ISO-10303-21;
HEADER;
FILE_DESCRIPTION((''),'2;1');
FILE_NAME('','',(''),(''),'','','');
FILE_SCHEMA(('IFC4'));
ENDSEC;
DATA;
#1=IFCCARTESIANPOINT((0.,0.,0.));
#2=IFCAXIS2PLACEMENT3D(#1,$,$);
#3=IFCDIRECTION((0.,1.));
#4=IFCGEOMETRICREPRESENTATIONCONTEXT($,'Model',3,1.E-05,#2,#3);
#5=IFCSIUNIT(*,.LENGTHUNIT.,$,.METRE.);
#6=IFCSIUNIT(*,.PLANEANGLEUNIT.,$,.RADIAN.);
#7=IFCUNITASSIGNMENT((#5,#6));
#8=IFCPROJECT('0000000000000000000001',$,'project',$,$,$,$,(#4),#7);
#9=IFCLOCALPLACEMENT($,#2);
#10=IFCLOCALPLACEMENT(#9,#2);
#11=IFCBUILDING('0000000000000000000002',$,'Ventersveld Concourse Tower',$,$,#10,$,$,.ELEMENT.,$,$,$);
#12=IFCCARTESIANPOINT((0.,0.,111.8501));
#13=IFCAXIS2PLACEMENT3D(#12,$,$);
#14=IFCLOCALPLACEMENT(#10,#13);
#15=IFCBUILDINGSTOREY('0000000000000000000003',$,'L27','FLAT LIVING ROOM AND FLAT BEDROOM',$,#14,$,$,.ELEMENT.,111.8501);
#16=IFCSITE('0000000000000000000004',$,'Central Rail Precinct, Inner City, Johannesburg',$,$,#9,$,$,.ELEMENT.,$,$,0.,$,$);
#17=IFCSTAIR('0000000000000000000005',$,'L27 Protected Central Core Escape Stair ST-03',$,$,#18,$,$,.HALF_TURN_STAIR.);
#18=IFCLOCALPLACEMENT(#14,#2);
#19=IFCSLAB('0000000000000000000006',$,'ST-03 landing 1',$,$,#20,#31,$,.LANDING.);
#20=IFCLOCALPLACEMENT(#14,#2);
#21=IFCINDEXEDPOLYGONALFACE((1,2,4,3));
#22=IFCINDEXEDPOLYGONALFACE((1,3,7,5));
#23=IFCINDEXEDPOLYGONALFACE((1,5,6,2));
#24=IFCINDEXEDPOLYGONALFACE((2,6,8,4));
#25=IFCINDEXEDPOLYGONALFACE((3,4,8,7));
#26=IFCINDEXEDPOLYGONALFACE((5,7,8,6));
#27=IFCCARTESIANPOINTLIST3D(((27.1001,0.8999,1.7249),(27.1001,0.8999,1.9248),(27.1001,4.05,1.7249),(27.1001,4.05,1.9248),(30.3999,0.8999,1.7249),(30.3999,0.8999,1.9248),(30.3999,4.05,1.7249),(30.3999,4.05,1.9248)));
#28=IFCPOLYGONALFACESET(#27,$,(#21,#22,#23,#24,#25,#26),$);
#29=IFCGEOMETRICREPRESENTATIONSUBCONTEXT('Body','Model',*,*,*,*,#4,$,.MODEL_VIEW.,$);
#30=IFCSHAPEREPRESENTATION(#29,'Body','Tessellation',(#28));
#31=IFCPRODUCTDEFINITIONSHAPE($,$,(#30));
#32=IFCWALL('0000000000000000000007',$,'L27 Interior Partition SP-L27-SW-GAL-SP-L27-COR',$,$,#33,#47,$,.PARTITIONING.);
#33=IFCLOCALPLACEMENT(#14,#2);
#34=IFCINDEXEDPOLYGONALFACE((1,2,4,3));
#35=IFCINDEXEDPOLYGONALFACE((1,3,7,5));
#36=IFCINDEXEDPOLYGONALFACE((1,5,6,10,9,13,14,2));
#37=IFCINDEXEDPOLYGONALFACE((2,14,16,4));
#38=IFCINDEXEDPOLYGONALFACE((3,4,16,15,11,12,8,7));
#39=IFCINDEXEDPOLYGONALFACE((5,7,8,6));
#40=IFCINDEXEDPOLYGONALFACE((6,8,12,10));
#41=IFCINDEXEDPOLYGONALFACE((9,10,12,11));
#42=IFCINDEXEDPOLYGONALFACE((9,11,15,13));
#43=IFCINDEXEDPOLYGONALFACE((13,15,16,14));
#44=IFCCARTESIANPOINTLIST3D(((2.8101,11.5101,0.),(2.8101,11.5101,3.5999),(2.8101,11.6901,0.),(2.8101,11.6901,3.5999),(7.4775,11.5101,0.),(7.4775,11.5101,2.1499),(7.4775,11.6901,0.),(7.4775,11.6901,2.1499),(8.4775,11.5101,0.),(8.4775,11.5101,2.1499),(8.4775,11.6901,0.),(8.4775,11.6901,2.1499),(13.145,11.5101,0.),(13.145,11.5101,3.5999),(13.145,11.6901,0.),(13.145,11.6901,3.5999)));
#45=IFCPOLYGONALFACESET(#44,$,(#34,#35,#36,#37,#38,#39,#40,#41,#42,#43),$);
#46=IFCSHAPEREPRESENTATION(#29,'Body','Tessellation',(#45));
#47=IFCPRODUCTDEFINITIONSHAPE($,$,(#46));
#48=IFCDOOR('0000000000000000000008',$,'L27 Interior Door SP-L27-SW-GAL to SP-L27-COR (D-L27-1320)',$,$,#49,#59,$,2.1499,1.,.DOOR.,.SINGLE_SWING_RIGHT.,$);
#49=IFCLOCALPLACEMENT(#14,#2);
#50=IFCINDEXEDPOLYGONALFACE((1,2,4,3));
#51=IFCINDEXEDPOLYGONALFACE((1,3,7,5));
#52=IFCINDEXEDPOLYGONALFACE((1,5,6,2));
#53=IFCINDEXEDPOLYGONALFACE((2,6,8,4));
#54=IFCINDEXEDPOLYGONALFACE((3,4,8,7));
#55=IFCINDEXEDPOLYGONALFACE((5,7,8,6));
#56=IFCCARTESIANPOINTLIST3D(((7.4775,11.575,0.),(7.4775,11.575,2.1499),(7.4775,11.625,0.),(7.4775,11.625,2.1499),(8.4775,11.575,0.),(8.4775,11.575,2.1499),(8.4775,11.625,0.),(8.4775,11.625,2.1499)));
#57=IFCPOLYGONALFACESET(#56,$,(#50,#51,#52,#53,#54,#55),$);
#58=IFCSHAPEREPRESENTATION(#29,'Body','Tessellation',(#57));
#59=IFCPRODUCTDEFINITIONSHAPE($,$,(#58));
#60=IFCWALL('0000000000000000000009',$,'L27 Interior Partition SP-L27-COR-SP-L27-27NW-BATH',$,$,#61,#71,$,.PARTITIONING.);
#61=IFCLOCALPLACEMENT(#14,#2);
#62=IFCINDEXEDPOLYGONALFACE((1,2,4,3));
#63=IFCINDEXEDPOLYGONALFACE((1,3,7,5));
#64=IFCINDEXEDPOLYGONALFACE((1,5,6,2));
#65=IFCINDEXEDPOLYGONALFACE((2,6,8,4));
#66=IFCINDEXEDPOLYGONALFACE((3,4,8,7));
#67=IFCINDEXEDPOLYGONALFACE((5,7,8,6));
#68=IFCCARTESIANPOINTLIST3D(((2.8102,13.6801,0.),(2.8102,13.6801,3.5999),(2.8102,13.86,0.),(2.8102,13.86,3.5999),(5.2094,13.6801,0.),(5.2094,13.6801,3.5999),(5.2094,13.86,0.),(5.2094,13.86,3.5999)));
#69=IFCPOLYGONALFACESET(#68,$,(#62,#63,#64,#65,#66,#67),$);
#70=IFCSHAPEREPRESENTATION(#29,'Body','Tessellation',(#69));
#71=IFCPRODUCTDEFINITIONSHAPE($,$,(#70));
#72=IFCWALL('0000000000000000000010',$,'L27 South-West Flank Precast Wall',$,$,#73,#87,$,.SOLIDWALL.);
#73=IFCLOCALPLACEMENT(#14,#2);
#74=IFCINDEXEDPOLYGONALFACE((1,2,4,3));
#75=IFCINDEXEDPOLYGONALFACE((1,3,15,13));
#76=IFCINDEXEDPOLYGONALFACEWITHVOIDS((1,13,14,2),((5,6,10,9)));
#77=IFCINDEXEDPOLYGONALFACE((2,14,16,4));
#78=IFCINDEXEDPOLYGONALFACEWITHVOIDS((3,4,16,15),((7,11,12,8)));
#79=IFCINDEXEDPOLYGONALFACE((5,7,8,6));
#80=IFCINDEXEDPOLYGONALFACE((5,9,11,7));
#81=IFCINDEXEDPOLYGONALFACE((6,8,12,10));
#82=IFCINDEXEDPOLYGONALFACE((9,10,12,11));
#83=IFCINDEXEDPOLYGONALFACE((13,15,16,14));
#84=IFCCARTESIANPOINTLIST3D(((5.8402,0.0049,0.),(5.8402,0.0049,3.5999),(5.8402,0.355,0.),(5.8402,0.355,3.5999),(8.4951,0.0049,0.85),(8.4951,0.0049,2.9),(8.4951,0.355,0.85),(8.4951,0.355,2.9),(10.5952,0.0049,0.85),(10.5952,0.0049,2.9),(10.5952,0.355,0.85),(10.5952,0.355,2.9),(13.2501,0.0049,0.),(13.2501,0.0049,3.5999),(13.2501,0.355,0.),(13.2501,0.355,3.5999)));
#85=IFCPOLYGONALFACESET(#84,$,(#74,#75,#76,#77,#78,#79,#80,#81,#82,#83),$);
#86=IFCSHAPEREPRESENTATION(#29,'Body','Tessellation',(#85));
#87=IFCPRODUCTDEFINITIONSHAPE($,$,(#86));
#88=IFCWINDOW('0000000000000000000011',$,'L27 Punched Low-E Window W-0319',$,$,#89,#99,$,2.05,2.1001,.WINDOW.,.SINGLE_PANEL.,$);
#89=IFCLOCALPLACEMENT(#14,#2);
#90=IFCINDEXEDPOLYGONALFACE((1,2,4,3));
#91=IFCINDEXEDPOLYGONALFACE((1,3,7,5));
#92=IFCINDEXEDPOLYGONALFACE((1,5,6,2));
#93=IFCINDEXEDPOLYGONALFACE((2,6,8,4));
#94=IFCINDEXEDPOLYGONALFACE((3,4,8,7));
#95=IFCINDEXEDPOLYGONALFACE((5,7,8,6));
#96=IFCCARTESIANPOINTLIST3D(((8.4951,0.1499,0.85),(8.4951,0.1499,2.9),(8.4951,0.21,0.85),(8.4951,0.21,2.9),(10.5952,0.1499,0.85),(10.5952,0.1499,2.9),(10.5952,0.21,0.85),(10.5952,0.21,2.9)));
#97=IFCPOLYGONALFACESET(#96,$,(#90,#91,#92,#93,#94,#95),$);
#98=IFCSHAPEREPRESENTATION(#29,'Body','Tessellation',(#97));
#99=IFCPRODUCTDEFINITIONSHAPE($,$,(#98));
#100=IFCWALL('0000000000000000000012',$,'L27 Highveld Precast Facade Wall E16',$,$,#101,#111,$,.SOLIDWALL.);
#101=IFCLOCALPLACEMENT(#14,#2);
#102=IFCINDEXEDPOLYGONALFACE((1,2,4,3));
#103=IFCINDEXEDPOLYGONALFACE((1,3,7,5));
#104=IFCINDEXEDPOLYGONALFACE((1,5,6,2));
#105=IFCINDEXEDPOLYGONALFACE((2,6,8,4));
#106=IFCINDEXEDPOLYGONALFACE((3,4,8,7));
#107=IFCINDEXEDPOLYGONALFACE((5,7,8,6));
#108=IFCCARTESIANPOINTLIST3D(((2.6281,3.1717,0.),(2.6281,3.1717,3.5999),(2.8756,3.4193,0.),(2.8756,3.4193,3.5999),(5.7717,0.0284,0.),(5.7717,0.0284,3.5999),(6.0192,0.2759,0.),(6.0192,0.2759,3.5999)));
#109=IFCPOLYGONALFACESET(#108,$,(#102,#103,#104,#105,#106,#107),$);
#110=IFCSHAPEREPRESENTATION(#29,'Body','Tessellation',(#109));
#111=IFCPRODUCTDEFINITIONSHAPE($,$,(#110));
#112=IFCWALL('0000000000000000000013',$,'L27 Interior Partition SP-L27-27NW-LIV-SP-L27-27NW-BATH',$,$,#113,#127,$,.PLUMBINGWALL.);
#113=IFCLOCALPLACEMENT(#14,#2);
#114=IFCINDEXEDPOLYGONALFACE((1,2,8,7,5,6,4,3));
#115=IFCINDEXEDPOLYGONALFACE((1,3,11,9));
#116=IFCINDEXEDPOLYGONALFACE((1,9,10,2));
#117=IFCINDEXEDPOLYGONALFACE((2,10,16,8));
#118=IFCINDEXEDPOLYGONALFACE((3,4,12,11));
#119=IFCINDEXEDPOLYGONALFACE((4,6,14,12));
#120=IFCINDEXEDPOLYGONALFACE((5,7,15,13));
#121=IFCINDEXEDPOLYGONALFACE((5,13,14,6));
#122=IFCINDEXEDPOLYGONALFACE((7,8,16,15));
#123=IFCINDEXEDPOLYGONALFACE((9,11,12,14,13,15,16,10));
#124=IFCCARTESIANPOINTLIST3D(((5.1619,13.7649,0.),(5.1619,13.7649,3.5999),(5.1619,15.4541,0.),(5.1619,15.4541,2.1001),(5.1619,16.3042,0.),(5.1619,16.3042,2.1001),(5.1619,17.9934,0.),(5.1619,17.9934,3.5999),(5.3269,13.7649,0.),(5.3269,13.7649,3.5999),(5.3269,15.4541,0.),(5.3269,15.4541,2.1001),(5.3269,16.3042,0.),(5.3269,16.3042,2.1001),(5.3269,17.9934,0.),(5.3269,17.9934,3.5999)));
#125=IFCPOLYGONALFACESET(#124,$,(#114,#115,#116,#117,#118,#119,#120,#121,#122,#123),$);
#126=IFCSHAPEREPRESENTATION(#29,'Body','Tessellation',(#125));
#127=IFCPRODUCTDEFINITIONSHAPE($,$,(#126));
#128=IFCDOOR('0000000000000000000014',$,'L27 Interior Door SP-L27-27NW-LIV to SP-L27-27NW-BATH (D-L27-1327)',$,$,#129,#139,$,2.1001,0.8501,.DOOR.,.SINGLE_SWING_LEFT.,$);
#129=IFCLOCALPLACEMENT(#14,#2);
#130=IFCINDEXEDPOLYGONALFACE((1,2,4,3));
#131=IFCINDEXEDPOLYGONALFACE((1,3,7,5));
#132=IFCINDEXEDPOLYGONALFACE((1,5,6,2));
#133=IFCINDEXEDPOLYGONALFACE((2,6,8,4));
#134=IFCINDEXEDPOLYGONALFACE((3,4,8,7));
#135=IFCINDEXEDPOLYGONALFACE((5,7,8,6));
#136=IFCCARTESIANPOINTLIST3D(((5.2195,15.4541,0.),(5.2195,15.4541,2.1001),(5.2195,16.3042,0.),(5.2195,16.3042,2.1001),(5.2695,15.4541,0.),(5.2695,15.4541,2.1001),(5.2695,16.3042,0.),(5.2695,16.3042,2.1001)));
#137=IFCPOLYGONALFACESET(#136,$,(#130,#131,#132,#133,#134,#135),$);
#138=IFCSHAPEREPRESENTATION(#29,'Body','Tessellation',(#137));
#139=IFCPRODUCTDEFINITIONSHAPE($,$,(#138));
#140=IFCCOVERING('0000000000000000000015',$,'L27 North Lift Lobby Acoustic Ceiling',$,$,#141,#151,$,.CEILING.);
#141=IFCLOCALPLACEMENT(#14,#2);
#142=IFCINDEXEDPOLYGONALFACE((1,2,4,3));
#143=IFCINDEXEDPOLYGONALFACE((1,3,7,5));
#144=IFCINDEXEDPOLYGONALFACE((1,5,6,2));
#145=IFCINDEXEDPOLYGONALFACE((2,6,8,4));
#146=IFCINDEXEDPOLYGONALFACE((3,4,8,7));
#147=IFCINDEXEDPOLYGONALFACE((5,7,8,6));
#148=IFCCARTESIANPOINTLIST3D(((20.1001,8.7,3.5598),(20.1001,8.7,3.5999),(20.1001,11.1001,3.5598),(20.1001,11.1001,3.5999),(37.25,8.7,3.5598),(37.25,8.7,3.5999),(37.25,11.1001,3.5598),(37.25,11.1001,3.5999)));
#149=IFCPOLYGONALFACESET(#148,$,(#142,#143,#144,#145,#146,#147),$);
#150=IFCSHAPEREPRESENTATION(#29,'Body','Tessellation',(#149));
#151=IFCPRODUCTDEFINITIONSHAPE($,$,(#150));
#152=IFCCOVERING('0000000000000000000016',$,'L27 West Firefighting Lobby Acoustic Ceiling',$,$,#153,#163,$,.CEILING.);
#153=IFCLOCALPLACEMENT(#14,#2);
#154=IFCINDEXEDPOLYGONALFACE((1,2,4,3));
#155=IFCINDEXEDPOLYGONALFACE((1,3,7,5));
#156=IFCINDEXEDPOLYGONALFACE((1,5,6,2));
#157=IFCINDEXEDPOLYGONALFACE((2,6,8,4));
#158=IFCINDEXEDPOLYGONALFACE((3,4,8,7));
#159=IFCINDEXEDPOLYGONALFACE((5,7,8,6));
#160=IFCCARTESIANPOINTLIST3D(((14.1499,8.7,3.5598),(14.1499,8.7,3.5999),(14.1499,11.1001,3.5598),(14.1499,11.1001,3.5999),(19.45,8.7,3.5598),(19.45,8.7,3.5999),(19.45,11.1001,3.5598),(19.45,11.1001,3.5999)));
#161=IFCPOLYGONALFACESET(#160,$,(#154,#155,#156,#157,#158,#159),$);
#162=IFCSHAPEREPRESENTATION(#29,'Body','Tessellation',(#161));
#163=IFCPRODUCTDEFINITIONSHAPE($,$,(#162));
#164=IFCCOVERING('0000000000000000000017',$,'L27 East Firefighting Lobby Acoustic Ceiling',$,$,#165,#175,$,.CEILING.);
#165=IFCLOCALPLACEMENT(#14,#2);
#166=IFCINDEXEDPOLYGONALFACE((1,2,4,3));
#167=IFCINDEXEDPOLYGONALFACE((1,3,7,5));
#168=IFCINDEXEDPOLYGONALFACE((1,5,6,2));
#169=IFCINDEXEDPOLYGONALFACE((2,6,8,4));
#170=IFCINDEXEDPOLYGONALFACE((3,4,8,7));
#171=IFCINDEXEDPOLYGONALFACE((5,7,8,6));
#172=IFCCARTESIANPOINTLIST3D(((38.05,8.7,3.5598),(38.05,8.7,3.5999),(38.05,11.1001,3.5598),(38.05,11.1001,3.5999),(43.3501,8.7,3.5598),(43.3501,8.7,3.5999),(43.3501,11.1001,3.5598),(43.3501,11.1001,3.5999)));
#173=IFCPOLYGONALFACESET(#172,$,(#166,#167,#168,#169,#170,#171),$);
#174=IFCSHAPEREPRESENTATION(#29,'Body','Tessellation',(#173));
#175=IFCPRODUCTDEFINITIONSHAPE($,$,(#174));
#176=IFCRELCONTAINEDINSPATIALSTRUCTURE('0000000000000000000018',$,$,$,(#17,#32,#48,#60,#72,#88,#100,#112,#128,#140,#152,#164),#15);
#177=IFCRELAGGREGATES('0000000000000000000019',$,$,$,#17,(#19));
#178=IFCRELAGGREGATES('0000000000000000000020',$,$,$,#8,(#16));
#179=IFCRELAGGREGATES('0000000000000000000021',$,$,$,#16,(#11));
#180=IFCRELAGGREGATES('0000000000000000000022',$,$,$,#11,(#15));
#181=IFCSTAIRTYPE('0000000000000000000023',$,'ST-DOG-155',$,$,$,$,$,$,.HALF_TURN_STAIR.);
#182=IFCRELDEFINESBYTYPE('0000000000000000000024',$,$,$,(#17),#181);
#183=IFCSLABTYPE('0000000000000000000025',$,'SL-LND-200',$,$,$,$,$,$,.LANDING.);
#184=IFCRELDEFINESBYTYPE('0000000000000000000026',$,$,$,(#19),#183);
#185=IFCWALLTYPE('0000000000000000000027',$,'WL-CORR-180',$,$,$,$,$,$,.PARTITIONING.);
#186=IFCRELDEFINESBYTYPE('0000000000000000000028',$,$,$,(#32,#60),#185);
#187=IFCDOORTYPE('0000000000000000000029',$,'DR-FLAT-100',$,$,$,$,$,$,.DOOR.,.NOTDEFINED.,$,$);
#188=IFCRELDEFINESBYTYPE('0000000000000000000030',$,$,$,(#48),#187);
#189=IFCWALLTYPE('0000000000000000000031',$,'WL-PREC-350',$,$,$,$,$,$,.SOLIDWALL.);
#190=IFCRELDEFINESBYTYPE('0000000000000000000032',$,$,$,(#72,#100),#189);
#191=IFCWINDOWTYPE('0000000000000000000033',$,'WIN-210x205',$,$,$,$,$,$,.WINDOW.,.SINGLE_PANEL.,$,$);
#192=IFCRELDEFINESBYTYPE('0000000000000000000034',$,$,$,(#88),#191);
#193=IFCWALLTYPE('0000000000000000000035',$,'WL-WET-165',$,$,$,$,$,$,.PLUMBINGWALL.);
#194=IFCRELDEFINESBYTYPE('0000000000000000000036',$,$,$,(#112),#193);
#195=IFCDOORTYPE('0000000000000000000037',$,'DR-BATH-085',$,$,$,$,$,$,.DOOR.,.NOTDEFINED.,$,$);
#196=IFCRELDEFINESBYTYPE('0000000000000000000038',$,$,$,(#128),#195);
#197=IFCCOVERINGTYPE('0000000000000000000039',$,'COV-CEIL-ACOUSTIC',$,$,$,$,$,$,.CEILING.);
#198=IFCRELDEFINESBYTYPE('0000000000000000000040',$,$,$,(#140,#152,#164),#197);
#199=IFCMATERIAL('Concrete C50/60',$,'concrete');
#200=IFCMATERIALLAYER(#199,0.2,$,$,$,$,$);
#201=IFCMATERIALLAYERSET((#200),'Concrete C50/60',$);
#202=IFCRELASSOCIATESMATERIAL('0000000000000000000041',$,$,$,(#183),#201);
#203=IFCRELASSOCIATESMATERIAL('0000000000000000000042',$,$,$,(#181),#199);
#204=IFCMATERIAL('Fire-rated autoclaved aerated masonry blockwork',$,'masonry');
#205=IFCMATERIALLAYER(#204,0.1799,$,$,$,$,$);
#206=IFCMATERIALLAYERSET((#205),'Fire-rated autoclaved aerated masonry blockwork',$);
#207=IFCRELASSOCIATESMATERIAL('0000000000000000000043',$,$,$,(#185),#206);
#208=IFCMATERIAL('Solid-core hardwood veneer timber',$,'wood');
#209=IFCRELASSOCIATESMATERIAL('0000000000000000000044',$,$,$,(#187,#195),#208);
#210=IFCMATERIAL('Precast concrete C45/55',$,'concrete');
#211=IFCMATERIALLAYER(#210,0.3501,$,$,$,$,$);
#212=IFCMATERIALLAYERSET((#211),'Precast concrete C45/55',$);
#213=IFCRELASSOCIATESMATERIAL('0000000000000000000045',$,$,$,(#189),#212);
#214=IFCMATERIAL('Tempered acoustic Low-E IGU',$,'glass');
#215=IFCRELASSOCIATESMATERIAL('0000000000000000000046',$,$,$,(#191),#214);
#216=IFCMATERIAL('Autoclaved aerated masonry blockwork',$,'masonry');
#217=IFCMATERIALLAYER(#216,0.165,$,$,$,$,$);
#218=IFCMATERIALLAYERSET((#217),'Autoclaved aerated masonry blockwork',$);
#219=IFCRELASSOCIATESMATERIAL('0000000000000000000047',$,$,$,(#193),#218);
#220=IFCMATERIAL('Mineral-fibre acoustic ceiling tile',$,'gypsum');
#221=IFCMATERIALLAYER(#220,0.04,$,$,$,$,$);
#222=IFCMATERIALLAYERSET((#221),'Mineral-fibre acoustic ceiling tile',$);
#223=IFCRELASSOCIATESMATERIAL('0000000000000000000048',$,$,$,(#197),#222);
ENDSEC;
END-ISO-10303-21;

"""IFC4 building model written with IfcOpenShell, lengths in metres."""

from ifc_helpers import new_model, si_unit, direction, frame, frame_2d, origin, place, context, subcontext, project, spatial, polyline, rectangle, outline, extrude, material, layer, layer_set, type_object, element, fill, aggregate, save


model = new_model("IFC4")

# Units and contexts
model_context = context("Model", 3, precision=1e-05, world=origin(), true_north=direction((0.0, 1.0)))
body_context = subcontext(model_context, "Body", "Model", "MODEL_VIEW")
ifc_project = project(units=[si_unit("LENGTHUNIT", "METRE"), si_unit("PLANEANGLEUNIT", "RADIAN")], contexts=[model_context])

# Site, building, storey
site_placement = place(None, origin())
site = spatial("IfcSite", under=ifc_project, at=site_placement, Name="Central Rail Precinct, Inner City, Johannesburg", CompositionType="ELEMENT", RefElevation=0.0)
building_placement = place(site_placement, origin())
building = spatial("IfcBuilding", under=site, at=building_placement, Name="Ventersveld Concourse Tower", CompositionType="ELEMENT")
storey_placement = place(building_placement, frame((0.0, 0.0, 111.8501)))
storey = spatial("IfcBuildingStorey", under=building, at=storey_placement, Name="L27", Description="FLAT LIVING ROOM AND FLAT BEDROOM", CompositionType="ELEMENT", Elevation=111.8501)

# Shared definitions
ifc_material_1 = material(Name="Concrete C50/60", Category="concrete")

# Stair, slab
ifc_layer_1 = layer(ifc_material_1, 0.2)
ifc_layer_set_1 = layer_set([ifc_layer_1], Name="Concrete C50/60")
slab_type_1 = type_object("IfcSlabType", Name="SL-LND-200", PredefinedType="LANDING", material=ifc_layer_set_1)
stair_type_1 = type_object("IfcStairType", Name="ST-DOG-155", PredefinedType="HALF_TURN_STAIR", material=ifc_material_1)
stair_1_placement = place(storey_placement, origin())
stair_1 = element("IfcStair", 1, at=stair_1_placement, inside=storey, type_object=stair_type_1, Name="L27 Protected Central Core Escape Stair ST-03", PredefinedType="HALF_TURN_STAIR")
slab_1_placement = place(storey_placement, frame((0.0, 0.0, 1.7249)))
slab_1 = element("IfcSlab", 2, at=slab_1_placement, type_object=slab_type_1, Name="ST-03 landing 1", PredefinedType="LANDING", context=body_context, shape_type="SweptSolid", body=[
    extrude(outline(polyline([(27.1001, 4.05), (27.1001, 0.8999), (30.3999, 0.8999), (30.3999, 4.05), (27.1001, 4.05)])), origin(), (0.0, 0.0, 1.0), 0.2),
])
aggregate(stair_1, [slab_1])

# Wall, opening, door
ifc_material_2 = material(Name="Fire-rated autoclaved aerated masonry blockwork", Category="masonry")
ifc_layer_2 = layer(ifc_material_2, 0.1799)
ifc_layer_set_2 = layer_set([ifc_layer_2], Name="Fire-rated autoclaved aerated masonry blockwork")
wall_type_1 = type_object("IfcWallType", Name="WL-CORR-180", PredefinedType="PARTITIONING", material=ifc_layer_set_2)
wall_1_placement = place(storey_placement, frame((2.8101, 11.6001, 0.0), z_axis=(0.0, 0.0, 1.0), x_axis=(1.0, 0.0, 0.0)))
wall_1 = element("IfcWall", 3, at=wall_1_placement, inside=storey, type_object=wall_type_1, Name="L27 Interior Partition SP-L27-SW-GAL-SP-L27-COR", PredefinedType="PARTITIONING", context=body_context, shape_type="SweptSolid", body=[
    extrude(rectangle(XDim=10.335, YDim=0.1799, at=frame_2d((5.1675, 0.0))), origin(), (0.0, 0.0, 1.0), 3.5999),
])
opening_1_placement = place(wall_1_placement, frame((4.6675, 0.0, 0.0)))
opening_1 = element("IfcOpeningElement", 4, at=opening_1_placement, cuts=wall_1, PredefinedType="OPENING", context=body_context, shape_type="SweptSolid", body=[
    extrude(rectangle(XDim=1.0, YDim=2.1499, at=frame_2d((0.5, 1.075))), frame((0.0, 0.1001, 0.0), z_axis=(0.0, -1.0, 0.0), x_axis=(1.0, 0.0, 0.0)), (0.0, 0.0, 1.0), 0.2),
])
ifc_material_3 = material(Name="Solid-core hardwood veneer timber", Category="wood")
door_type_1 = type_object("IfcDoorType", Name="DR-FLAT-100", OperationType="NOTDEFINED", PredefinedType="DOOR", material=ifc_material_3)
door_1_placement = place(opening_1_placement, origin())
door_1 = element("IfcDoor", 5, at=door_1_placement, inside=storey, type_object=door_type_1, Name="L27 Interior Door SP-L27-SW-GAL to SP-L27-COR (D-L27-1320)", OperationType="SINGLE_SWING_RIGHT", OverallHeight=2.1499, OverallWidth=1.0, PredefinedType="DOOR", context=body_context, shape_type="SweptSolid", body=[
    extrude(rectangle(XDim=1.0, YDim=2.1499, at=frame_2d((0.5, 1.075))), frame((0.0, 0.0249, 0.0), z_axis=(0.0, -1.0, 0.0), x_axis=(1.0, 0.0, 0.0)), (0.0, 0.0, 1.0), 0.05),
])
fill(opening_1, door_1)

# Wall
wall_2_placement = place(storey_placement, frame((2.8101, 13.77, 0.0), z_axis=(0.0, 0.0, 1.0), x_axis=(1.0, 0.0, 0.0)))
element("IfcWall", 6, at=wall_2_placement, inside=storey, type_object=wall_type_1, Name="L27 Interior Partition SP-L27-COR-SP-L27-27NW-BATH", PredefinedType="PARTITIONING", context=body_context, shape_type="SweptSolid", body=[
    extrude(rectangle(XDim=2.3992, YDim=0.1799, at=frame_2d((1.1997, 0.0))), origin(), (0.0, 0.0, 1.0), 3.5999),
])

# Wall, opening, window
ifc_material_4 = material(Name="Precast concrete C45/55", Category="concrete")
ifc_layer_3 = layer(ifc_material_4, 0.3501)
ifc_layer_set_3 = layer_set([ifc_layer_3], Name="Precast concrete C45/55")
wall_type_2 = type_object("IfcWallType", Name="WL-PREC-350", PredefinedType="SOLIDWALL", material=ifc_layer_set_3)
wall_3_placement = place(storey_placement, frame((5.8401, 0.1799, 0.0), z_axis=(0.0, 0.0, 1.0), x_axis=(1.0, 0.0, 0.0)))
wall_3 = element("IfcWall", 7, at=wall_3_placement, inside=storey, type_object=wall_type_2, Name="L27 South-West Flank Precast Wall", PredefinedType="SOLIDWALL", context=body_context, shape_type="SweptSolid", body=[
    extrude(rectangle(XDim=7.4099, YDim=0.3501, at=frame_2d((3.7051, 0.0))), origin(), (0.0, 0.0, 1.0), 3.5999),
])
opening_2_placement = place(wall_3_placement, frame((2.655, 0.0, 0.8501)))
opening_2 = element("IfcOpeningElement", 8, at=opening_2_placement, cuts=wall_3, PredefinedType="OPENING", context=body_context, shape_type="SweptSolid", body=[
    extrude(rectangle(XDim=2.1001, YDim=2.05, at=frame_2d((1.05, 1.0249))), frame((0.0, 0.1851, 0.0), z_axis=(0.0, -1.0, 0.0), x_axis=(1.0, 0.0, 0.0)), (0.0, 0.0, 1.0), 0.3701),
])
ifc_material_5 = material(Name="Tempered acoustic Low-E IGU", Category="glass")
window_type = type_object("IfcWindowType", Name="WIN-210x205", PartitioningType="SINGLE_PANEL", PredefinedType="WINDOW", material=ifc_material_5)
window_placement = place(opening_2_placement, origin())
window = element("IfcWindow", 9, at=window_placement, inside=storey, type_object=window_type, Name="L27 Punched Low-E Window W-0319", OverallHeight=2.05, OverallWidth=2.1001, PartitioningType="SINGLE_PANEL", PredefinedType="WINDOW", context=body_context, shape_type="SweptSolid", body=[
    extrude(rectangle(XDim=2.1001, YDim=2.05, at=frame_2d((1.05, 1.0249))), frame((0.0, 0.03, 0.0), z_axis=(0.0, -1.0, 0.0), x_axis=(1.0, 0.0, 0.0)), (0.0, 0.0, 1.0), 0.0601),
])
fill(opening_2, window)

# Wall
wall_4_placement = place(storey_placement, frame((2.752, 3.2954, 0.0), z_axis=(0.0, 0.0, 1.0), x_axis=(0.707134, -0.707079, 0.0)))
element("IfcWall", 10, at=wall_4_placement, inside=storey, type_object=wall_type_2, Name="L27 Highveld Precast Facade Wall E16", PredefinedType="SOLIDWALL", context=body_context, shape_type="SweptSolid", body=[
    extrude(rectangle(XDim=4.4456, YDim=0.3501, at=frame_2d((2.2227, 0.0))), origin(), (0.0, 0.0, 1.0), 3.5999),
])

# Wall, opening, door
ifc_material_6 = material(Name="Autoclaved aerated masonry blockwork", Category="masonry")
ifc_layer_4 = layer(ifc_material_6, 0.165)
ifc_layer_set_4 = layer_set([ifc_layer_4], Name="Autoclaved aerated masonry blockwork")
wall_type_3 = type_object("IfcWallType", Name="WL-WET-165", PredefinedType="PLUMBINGWALL", material=ifc_layer_set_4)
wall_5_placement = place(storey_placement, frame((5.2444, 13.7649, 0.0), z_axis=(0.0, 0.0, 1.0), x_axis=(0.0, 1.0, 0.0)))
wall_5 = element("IfcWall", 11, at=wall_5_placement, inside=storey, type_object=wall_type_3, Name="L27 Interior Partition SP-L27-27NW-LIV-SP-L27-27NW-BATH", PredefinedType="PLUMBINGWALL", context=body_context, shape_type="SweptSolid", body=[
    extrude(rectangle(XDim=4.2285, YDim=0.165, at=frame_2d((2.1143, 0.0))), origin(), (0.0, 0.0, 1.0), 3.5999),
])
opening_3_placement = place(wall_5_placement, frame((1.6892, 0.0, 0.0)))
opening_3 = element("IfcOpeningElement", 12, at=opening_3_placement, cuts=wall_5, PredefinedType="OPENING", context=body_context, shape_type="SweptSolid", body=[
    extrude(rectangle(XDim=0.8501, YDim=2.1001, at=frame_2d((0.425, 1.05))), frame((0.0, 0.0925, 0.0), z_axis=(0.0, -1.0, 0.0), x_axis=(1.0, 0.0, 0.0)), (0.0, 0.0, 1.0), 0.1851),
])
door_type_2 = type_object("IfcDoorType", Name="DR-BATH-085", OperationType="NOTDEFINED", PredefinedType="DOOR", material=ifc_material_3)
door_2_placement = place(opening_3_placement, origin())
door_2 = element("IfcDoor", 13, at=door_2_placement, inside=storey, type_object=door_type_2, Name="L27 Interior Door SP-L27-27NW-LIV to SP-L27-27NW-BATH (D-L27-1327)", OperationType="SINGLE_SWING_LEFT", OverallHeight=2.1001, OverallWidth=0.8501, PredefinedType="DOOR", context=body_context, shape_type="SweptSolid", body=[
    extrude(rectangle(XDim=0.8501, YDim=2.1001, at=frame_2d((0.425, 1.05))), frame((0.0, 0.0249, 0.0), z_axis=(0.0, -1.0, 0.0), x_axis=(1.0, 0.0, 0.0)), (0.0, 0.0, 1.0), 0.05),
])
fill(opening_3, door_2)

# Coverings
ifc_material_7 = material(Name="Mineral-fibre acoustic ceiling tile", Category="gypsum")
ifc_layer_5 = layer(ifc_material_7, 0.04)
ifc_layer_set_5 = layer_set([ifc_layer_5], Name="Mineral-fibre acoustic ceiling tile")
covering_type_1 = type_object("IfcCoveringType", Name="COV-CEIL-ACOUSTIC", PredefinedType="CEILING", material=ifc_layer_set_5)
covering_1_placement = place(storey_placement, frame((0.0, 0.0, 3.5598)))
element("IfcCovering", 14, at=covering_1_placement, inside=storey, type_object=covering_type_1, Name="L27 North Lift Lobby Acoustic Ceiling", PredefinedType="CEILING", context=body_context, shape_type="SweptSolid", body=[
    extrude(outline(polyline([(20.1001, 8.7), (37.25, 8.7), (37.25, 11.1001), (20.1001, 11.1001), (20.1001, 8.7)])), origin(), (0.0, 0.0, 1.0), 0.04),
])
covering_2_placement = place(storey_placement, frame((0.0, 0.0, 3.5598)))
element("IfcCovering", 15, at=covering_2_placement, inside=storey, type_object=covering_type_1, Name="L27 West Firefighting Lobby Acoustic Ceiling", PredefinedType="CEILING", context=body_context, shape_type="SweptSolid", body=[
    extrude(outline(polyline([(14.1499, 8.7), (19.45, 8.7), (19.45, 11.1001), (14.1499, 11.1001), (14.1499, 8.7)])), origin(), (0.0, 0.0, 1.0), 0.04),
])
covering_3_placement = place(storey_placement, frame((0.0, 0.0, 3.5598)))
element("IfcCovering", 16, at=covering_3_placement, inside=storey, type_object=covering_type_1, Name="L27 East Firefighting Lobby Acoustic Ceiling", PredefinedType="CEILING", context=body_context, shape_type="SweptSolid", body=[
    extrude(outline(polyline([(38.05, 8.7), (43.3501, 8.7), (43.3501, 11.1001), (38.05, 11.1001), (38.05, 8.7)])), origin(), (0.0, 0.0, 1.0), 0.04),
])

save(model, "model.ifc")
